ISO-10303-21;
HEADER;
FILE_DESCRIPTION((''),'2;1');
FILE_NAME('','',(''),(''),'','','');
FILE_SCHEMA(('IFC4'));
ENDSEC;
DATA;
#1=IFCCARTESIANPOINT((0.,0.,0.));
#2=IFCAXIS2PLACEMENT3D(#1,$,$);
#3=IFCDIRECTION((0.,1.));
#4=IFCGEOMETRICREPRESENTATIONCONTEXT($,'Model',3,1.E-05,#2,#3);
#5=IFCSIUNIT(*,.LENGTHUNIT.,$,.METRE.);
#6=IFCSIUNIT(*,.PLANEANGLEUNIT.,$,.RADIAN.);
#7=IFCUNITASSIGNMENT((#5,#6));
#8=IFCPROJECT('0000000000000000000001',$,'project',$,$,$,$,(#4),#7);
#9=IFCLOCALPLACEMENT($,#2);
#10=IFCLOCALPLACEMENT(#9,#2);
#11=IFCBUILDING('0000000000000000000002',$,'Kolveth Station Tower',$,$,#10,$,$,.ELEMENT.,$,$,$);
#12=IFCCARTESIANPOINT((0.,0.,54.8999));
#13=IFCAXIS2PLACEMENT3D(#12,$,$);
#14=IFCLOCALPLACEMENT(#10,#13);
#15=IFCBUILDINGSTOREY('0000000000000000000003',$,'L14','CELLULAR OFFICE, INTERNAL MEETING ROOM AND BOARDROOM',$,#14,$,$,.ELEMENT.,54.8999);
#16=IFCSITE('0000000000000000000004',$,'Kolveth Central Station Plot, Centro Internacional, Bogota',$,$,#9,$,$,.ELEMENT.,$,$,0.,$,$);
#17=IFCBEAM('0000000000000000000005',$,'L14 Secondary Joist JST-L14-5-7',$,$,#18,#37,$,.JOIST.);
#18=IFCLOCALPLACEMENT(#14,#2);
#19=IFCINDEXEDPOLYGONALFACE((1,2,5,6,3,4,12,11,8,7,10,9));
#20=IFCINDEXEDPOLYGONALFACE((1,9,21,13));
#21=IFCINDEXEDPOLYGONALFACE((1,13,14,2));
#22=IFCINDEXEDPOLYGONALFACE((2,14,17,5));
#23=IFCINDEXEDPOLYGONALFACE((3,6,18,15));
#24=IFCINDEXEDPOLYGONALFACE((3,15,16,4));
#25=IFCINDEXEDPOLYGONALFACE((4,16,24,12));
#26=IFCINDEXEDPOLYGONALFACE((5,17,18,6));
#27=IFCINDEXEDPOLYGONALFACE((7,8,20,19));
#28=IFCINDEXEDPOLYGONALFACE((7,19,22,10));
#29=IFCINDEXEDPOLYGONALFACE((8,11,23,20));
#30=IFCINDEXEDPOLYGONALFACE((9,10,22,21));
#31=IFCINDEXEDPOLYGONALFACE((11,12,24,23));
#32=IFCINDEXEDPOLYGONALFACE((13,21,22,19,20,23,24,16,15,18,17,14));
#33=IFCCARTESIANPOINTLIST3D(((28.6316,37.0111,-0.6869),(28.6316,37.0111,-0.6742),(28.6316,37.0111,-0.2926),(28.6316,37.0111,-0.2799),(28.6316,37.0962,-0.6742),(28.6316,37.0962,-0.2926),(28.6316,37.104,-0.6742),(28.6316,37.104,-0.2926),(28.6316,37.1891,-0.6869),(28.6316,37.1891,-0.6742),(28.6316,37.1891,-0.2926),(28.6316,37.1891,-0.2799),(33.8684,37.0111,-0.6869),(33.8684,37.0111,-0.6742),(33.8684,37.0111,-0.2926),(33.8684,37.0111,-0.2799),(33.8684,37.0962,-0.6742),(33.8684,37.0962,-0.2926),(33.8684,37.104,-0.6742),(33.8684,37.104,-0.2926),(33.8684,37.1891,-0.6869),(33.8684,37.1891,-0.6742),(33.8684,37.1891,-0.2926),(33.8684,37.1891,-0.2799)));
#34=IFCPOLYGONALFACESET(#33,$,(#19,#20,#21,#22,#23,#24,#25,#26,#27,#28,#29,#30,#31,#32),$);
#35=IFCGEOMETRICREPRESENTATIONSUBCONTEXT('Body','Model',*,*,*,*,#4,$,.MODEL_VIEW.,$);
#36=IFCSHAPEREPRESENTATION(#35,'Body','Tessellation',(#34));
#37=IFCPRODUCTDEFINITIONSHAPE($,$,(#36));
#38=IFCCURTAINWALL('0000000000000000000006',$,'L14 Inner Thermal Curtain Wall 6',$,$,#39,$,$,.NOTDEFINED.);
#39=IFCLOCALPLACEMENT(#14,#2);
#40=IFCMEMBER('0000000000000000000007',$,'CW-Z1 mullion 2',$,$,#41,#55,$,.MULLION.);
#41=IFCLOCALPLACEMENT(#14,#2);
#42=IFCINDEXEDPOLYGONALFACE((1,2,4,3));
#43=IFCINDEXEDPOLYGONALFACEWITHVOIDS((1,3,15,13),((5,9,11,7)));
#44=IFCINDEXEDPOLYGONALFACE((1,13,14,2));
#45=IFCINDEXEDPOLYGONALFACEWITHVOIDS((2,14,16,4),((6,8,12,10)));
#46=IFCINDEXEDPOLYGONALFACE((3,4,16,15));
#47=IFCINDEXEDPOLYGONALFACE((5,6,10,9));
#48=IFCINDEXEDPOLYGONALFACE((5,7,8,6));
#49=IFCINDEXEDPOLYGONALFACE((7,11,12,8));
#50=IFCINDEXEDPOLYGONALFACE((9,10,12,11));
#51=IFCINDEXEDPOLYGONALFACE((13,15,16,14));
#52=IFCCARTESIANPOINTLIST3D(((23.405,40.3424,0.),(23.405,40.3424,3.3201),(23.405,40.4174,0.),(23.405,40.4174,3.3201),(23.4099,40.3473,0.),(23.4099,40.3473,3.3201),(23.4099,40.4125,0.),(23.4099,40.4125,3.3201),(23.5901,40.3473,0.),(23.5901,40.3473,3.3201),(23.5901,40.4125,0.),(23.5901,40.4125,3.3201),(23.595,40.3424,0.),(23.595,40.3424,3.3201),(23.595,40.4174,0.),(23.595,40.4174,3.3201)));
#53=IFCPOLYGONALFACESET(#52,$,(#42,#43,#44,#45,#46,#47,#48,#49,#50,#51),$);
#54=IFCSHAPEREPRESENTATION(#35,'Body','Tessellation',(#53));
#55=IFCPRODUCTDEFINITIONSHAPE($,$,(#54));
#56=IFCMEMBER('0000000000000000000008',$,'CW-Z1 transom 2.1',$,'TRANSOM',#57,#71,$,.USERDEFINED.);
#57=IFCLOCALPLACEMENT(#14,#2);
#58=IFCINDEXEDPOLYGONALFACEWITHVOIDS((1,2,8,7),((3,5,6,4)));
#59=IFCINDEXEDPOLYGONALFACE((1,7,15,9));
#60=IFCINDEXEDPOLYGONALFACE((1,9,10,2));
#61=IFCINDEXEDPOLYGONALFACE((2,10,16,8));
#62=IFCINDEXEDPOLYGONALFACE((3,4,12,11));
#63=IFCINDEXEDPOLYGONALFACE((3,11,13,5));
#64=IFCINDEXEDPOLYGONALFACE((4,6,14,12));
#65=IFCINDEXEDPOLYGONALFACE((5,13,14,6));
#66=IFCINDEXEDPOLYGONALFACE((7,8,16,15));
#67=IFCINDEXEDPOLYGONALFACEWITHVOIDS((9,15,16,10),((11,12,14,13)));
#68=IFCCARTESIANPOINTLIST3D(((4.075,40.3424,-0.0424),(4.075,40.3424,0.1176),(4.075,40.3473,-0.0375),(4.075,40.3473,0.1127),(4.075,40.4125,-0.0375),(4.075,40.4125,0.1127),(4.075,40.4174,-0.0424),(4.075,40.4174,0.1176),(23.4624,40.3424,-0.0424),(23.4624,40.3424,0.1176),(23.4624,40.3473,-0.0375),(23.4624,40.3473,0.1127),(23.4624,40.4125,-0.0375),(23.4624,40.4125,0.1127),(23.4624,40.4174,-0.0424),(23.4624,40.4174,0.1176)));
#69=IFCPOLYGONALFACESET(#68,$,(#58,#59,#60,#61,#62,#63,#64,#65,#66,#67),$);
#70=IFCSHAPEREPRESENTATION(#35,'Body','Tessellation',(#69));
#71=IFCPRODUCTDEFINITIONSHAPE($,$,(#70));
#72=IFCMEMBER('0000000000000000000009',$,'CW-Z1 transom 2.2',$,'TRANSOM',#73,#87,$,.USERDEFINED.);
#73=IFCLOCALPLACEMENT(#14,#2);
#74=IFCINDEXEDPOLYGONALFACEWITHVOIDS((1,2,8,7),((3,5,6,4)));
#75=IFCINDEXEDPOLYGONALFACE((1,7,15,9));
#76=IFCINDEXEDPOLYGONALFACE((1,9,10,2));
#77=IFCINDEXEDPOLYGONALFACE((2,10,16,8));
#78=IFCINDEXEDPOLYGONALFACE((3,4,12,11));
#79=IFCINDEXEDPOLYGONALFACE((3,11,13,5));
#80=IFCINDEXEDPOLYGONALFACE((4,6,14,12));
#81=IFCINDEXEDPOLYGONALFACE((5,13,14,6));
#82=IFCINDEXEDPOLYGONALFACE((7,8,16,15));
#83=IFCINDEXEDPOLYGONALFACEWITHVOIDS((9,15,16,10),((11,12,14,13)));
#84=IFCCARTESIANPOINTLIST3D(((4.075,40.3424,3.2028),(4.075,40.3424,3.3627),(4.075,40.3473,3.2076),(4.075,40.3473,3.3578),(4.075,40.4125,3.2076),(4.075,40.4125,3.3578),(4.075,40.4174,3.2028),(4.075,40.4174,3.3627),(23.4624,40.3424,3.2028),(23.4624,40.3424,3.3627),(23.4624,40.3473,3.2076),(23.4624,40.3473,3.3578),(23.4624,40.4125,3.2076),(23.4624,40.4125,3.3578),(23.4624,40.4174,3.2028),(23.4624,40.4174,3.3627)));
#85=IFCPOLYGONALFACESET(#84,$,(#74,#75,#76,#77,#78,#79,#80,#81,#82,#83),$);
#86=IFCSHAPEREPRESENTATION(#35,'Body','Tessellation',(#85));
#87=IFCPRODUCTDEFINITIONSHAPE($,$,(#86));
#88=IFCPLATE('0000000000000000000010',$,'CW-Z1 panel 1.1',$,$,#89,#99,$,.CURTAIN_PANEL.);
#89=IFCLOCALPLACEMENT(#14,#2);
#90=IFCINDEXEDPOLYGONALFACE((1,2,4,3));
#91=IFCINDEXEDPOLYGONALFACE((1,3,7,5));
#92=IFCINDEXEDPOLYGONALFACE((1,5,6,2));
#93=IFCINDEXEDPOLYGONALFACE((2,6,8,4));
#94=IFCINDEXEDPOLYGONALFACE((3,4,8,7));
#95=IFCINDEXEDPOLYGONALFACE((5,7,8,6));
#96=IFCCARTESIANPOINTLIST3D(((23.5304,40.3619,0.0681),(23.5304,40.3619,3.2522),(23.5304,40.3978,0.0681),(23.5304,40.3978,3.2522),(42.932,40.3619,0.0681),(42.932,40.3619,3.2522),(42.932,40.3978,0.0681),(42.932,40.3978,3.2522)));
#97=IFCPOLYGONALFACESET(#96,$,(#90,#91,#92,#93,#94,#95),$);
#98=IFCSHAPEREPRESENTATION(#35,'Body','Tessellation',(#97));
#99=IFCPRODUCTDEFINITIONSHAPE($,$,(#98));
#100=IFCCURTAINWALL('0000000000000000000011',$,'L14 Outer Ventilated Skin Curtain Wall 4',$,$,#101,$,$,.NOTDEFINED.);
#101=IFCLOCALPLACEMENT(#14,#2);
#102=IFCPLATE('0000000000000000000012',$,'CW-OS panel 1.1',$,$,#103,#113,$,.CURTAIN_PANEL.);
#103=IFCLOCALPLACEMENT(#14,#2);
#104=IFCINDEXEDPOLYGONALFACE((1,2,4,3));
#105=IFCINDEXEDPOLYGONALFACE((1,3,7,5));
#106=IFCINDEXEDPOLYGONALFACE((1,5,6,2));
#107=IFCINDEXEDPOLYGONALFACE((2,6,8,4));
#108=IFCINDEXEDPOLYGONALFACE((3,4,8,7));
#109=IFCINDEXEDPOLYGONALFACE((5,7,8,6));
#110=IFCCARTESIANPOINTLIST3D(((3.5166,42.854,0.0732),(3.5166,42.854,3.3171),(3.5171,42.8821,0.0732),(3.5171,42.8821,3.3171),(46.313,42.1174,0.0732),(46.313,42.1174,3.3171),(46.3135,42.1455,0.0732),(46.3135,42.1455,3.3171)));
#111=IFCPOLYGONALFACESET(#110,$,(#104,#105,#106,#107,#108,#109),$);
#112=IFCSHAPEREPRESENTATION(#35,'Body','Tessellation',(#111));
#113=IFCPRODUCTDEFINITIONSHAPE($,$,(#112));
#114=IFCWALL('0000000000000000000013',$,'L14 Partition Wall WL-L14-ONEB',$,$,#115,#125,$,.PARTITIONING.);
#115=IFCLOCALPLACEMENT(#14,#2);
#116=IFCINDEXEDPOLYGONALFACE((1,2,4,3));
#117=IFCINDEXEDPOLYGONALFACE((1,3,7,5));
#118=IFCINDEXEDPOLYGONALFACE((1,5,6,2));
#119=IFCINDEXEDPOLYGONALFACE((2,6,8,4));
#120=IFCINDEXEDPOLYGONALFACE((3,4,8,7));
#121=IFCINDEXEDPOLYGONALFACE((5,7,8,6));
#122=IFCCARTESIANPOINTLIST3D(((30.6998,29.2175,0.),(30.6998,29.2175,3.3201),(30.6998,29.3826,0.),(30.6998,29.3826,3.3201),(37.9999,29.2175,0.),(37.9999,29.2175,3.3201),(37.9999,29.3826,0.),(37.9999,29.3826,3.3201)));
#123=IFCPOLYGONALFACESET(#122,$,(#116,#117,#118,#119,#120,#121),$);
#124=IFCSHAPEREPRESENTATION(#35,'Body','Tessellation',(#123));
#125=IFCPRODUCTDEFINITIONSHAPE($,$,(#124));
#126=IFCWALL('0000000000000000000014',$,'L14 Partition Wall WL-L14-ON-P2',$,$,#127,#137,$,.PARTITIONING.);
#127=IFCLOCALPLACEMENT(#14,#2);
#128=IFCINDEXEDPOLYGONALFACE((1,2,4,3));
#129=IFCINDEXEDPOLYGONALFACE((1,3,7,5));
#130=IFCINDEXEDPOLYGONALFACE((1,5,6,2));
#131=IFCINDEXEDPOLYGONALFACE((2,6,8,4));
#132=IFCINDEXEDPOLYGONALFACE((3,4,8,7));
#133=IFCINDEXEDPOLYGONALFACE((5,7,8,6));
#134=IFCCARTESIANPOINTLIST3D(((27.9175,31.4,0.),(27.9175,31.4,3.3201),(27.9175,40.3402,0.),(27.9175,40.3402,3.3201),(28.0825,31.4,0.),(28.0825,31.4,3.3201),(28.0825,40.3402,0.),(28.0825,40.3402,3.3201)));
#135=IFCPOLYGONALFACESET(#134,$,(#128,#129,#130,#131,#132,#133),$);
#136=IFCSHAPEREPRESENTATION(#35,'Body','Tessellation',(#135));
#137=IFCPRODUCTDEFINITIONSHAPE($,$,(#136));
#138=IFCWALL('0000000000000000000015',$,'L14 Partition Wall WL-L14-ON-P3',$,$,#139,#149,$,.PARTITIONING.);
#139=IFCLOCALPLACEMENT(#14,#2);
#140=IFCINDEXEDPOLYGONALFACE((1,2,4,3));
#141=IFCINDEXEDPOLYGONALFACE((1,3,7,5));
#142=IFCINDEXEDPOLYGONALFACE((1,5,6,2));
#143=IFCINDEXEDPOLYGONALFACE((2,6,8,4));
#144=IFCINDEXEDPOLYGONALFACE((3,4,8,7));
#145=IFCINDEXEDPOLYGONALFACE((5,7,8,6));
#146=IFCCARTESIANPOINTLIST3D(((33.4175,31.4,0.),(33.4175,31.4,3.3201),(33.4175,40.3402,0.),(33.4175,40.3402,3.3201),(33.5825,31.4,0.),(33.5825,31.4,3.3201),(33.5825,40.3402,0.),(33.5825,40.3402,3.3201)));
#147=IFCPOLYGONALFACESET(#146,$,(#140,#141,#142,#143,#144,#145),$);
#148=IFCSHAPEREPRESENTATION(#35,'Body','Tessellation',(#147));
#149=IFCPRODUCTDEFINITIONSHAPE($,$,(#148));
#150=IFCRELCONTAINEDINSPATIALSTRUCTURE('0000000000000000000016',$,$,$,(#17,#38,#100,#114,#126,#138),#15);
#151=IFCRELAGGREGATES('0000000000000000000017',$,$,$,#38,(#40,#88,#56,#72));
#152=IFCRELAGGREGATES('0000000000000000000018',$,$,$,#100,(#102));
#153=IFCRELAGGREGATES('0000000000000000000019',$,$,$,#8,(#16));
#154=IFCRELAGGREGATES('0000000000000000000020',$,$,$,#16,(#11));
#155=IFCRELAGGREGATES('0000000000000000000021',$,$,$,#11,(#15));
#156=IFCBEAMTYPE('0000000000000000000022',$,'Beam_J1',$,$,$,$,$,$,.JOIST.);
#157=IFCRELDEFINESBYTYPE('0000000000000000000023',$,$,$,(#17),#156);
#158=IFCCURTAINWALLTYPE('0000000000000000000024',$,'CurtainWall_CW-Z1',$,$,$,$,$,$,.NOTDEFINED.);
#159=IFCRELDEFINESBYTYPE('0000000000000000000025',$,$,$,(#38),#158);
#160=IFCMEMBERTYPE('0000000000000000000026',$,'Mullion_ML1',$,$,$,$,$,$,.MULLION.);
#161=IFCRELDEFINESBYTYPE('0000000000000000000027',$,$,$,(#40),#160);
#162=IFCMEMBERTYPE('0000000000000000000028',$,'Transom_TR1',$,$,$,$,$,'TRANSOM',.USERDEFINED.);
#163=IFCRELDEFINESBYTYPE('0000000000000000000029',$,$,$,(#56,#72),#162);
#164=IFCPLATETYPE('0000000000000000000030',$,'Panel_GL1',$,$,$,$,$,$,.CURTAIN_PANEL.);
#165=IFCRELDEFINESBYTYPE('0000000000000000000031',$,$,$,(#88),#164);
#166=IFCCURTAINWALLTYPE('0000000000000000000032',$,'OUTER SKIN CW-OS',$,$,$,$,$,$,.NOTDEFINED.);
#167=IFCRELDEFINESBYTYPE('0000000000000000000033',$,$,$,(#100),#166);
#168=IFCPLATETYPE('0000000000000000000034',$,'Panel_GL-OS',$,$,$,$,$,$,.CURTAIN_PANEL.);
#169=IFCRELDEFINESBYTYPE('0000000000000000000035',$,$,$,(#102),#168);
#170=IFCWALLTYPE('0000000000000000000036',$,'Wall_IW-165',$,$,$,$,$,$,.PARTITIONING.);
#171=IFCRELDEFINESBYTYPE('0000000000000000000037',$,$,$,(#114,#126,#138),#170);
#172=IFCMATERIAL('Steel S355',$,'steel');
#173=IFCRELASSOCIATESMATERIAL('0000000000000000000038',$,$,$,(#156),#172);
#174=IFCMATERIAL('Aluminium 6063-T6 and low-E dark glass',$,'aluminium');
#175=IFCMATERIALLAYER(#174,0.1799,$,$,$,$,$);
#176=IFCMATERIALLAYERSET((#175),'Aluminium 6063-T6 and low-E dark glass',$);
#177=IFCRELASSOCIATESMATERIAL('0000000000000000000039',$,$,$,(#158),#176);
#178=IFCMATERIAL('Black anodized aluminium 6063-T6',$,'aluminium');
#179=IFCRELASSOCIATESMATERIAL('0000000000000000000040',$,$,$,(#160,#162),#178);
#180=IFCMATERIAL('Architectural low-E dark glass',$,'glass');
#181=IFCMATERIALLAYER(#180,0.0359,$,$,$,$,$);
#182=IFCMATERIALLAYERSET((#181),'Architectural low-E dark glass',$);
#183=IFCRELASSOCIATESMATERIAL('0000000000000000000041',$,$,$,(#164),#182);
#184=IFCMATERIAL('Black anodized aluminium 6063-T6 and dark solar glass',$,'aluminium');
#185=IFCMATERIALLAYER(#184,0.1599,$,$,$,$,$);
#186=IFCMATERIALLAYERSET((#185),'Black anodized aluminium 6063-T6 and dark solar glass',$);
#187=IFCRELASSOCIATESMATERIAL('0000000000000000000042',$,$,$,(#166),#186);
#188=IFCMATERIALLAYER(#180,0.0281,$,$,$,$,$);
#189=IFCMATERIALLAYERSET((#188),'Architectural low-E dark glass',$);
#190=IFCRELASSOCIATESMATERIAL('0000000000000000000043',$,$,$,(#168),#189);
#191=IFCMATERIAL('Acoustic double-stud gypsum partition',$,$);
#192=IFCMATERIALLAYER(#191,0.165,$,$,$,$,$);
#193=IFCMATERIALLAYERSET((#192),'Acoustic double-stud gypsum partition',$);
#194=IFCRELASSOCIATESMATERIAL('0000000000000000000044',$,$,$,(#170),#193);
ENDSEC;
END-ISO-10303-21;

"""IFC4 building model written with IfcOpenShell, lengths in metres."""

from ifc_helpers import new_model, si_unit, direction, frame, frame_2d, origin, origin_2d, place, context, subcontext, project, spatial, rectangle, hollow_rectangle, i_section, extrude, source, transform, mapped, material, layer, layer_set, material_profile, profile_set, type_object, element, aggregate, save


model = new_model("IFC4")

# Units and contexts
model_context = context("Model", 3, precision=1e-05, world=origin(), true_north=direction((0.0, 1.0)))
body_context = subcontext(model_context, "Body", "Model", "MODEL_VIEW")
ifc_project = project(units=[si_unit("LENGTHUNIT", "METRE"), si_unit("PLANEANGLEUNIT", "RADIAN")], contexts=[model_context])

# Site, building, storey
site_placement = place(None, origin())
site = spatial("IfcSite", under=ifc_project, at=site_placement, Name="Kolveth Central Station Plot, Centro Internacional, Bogota", CompositionType="ELEMENT", RefElevation=0.0)
building_placement = place(site_placement, origin())
building = spatial("IfcBuilding", under=site, at=building_placement, Name="Kolveth Station Tower", CompositionType="ELEMENT")
storey_placement = place(building_placement, frame((0.0, 0.0, 54.8999)))
storey = spatial("IfcBuildingStorey", under=building, at=storey_placement, Name="L14", Description="CELLULAR OFFICE, INTERNAL MEETING ROOM AND BOARDROOM", CompositionType="ELEMENT", Elevation=54.8999)

# Shared definitions
ifc_material_1 = material(Name="Steel S355", Category="steel")

# Beam
ifc_material_profile_1 = material_profile(ifc_material_1, i_section(OverallWidth=0.178, OverallDepth=0.407, WebThickness=0.0078, FlangeThickness=0.0127, at=origin_2d()), Name="W410x60")
ifc_profile_set_1 = profile_set([ifc_material_profile_1], Name="Steel S355")
beam_type_1 = type_object("IfcBeamType", Name="Beam_J1", PredefinedType="JOIST", material=ifc_profile_set_1)
shared_shape_1 = source(origin(), body_context, "Body", "SweptSolid", [
    extrude(i_section(OverallWidth=0.178, OverallDepth=0.407, WebThickness=0.0078, FlangeThickness=0.0127, at=origin_2d()), origin(), (0.0, 0.0, 1.0), 5.2368),
])
for number, where, z_axis, x_axis, name in (
    (1, (28.6316, 37.1001, -0.4834), (1.0, 0.0, 0.0), (0.0, 1.0, 0.0), "L14 Secondary Joist JST-L14-5-7"),
):
    element("IfcBeam", number, at=place(storey_placement, frame(where, z_axis=z_axis, x_axis=x_axis)), inside=storey, type_object=beam_type_1, Name=name, PredefinedType="JOIST", context=body_context, shape_type="MappedRepresentation", body=[
        mapped(shared_shape_1, transform((0.0, 0.0, 0.0), x_axis=(1.0, 0.0, 0.0), y_axis=(0.0, 1.0, 0.0), z_axis=(0.0, 0.0, 1.0), scale=1.0)),
    ])

# Curtain wall, members, plate
ifc_material_2 = material(Name="Aluminium 6063-T6 and low-E dark glass", Category="aluminium")
ifc_layer_1 = layer(ifc_material_2, 0.1799)
ifc_layer_set_1 = layer_set([ifc_layer_1], Name="Aluminium 6063-T6 and low-E dark glass")
curtain_wall_type_1 = type_object("IfcCurtainWallType", Name="CurtainWall_CW-Z1", PredefinedType="NOTDEFINED", material=ifc_layer_set_1)
curtain_wall_1_placement = place(storey_placement, origin())
curtain_wall_1 = element("IfcCurtainWall", 2, at=curtain_wall_1_placement, inside=storey, type_object=curtain_wall_type_1, Name="L14 Inner Thermal Curtain Wall 6", PredefinedType="NOTDEFINED")
ifc_material_3 = material(Name="Black anodized aluminium 6063-T6", Category="aluminium")
ifc_material_profile_2 = material_profile(ifc_material_3, hollow_rectangle(XDim=0.075, YDim=0.1899, WallThickness=0.0049, at=origin_2d()), Name="ALU-75x190x5")
ifc_profile_set_2 = profile_set([ifc_material_profile_2], Name="Black anodized aluminium 6063-T6")
member_type_1 = type_object("IfcMemberType", Name="Mullion_ML1", PredefinedType="MULLION", material=ifc_profile_set_2)
shared_shape_2 = source(origin(), body_context, "Body", "SweptSolid", [
    extrude(hollow_rectangle(XDim=0.075, YDim=0.1899, WallThickness=0.0049, at=origin_2d()), origin(), (0.0, 0.0, 1.0), 3.3201),
])
member_1_placement = place(storey_placement, frame((23.5, 40.3799, 0.0), z_axis=(0.0, 0.0, 1.0), x_axis=(0.0, -1.0, 0.0)))
member_1 = element("IfcMember", 3, at=member_1_placement, type_object=member_type_1, Name="CW-Z1 mullion 2", PredefinedType="MULLION", context=body_context, shape_type="MappedRepresentation", body=[
    mapped(shared_shape_2, transform((0.0, 0.0, 0.0), x_axis=(1.0, 0.0, 0.0), y_axis=(0.0, 1.0, 0.0), z_axis=(0.0, 0.0, 1.0), scale=1.0)),
])
ifc_material_profile_3 = material_profile(ifc_material_3, hollow_rectangle(XDim=0.075, YDim=0.1599, WallThickness=0.0049, at=origin_2d()), Name="ALU-75x160x5")
ifc_profile_set_3 = profile_set([ifc_material_profile_3], Name="Black anodized aluminium 6063-T6")
member_type_2 = type_object("IfcMemberType", Name="Transom_TR1", ElementType="TRANSOM", PredefinedType="USERDEFINED", material=ifc_profile_set_3)
shared_shape_3 = source(origin(), body_context, "Body", "SweptSolid", [
    extrude(hollow_rectangle(XDim=0.075, YDim=0.1599, WallThickness=0.0049, at=origin_2d()), origin(), (0.0, 0.0, 1.0), 19.3875),
])
member_2_placement = place(storey_placement, frame((23.4624, 40.3799, 0.0376), z_axis=(-1.0, 0.0, 0.0), x_axis=(0.0, -1.0, 0.0)))
member_2 = element("IfcMember", 4, at=member_2_placement, type_object=member_type_2, Name="CW-Z1 transom 2.1", ObjectType="TRANSOM", PredefinedType="USERDEFINED", context=body_context, shape_type="MappedRepresentation", body=[
    mapped(shared_shape_3, transform((0.0, 0.0, 0.0), x_axis=(1.0, 0.0, 0.0), y_axis=(0.0, 1.0, 0.0), z_axis=(0.0, 0.0, 1.0), scale=1.0)),
])
member_3_placement = place(storey_placement, frame((23.4624, 40.3799, 3.2827), z_axis=(-1.0, 0.0, 0.0), x_axis=(0.0, -1.0, 0.0)))
member_3 = element("IfcMember", 5, at=member_3_placement, type_object=member_type_2, Name="CW-Z1 transom 2.2", ObjectType="TRANSOM", PredefinedType="USERDEFINED", context=body_context, shape_type="MappedRepresentation", body=[
    mapped(shared_shape_3, transform((0.0, 0.0, 0.0), x_axis=(1.0, 0.0, 0.0), y_axis=(0.0, 1.0, 0.0), z_axis=(0.0, 0.0, 1.0), scale=1.0)),
])
ifc_material_4 = material(Name="Architectural low-E dark glass", Category="glass")
ifc_layer_2 = layer(ifc_material_4, 0.0359)
ifc_layer_set_2 = layer_set([ifc_layer_2], Name="Architectural low-E dark glass")
plate_type_1 = type_object("IfcPlateType", Name="Panel_GL1", PredefinedType="CURTAIN_PANEL", material=ifc_layer_set_2)
shared_shape_4 = source(origin(), body_context, "Body", "SweptSolid", [
    extrude(rectangle(XDim=19.4016, YDim=0.0359, at=origin_2d()), origin(), (0.0, 0.0, 1.0), 3.1841),
])
plate_1_placement = place(storey_placement, frame((33.2312, 40.3799, 0.0681), z_axis=(0.0, 0.0, 1.0), x_axis=(-1.0, 0.0, 0.0)))
plate_1 = element("IfcPlate", 6, at=plate_1_placement, type_object=plate_type_1, Name="CW-Z1 panel 1.1", PredefinedType="CURTAIN_PANEL", context=body_context, shape_type="MappedRepresentation", body=[
    mapped(shared_shape_4, transform((0.0, 0.0, 0.0), x_axis=(1.0, 0.0, 0.0), y_axis=(0.0, 1.0, 0.0), z_axis=(0.0, 0.0, 1.0), scale=1.0)),
])
aggregate(curtain_wall_1, [member_1, plate_1, member_2, member_3])

# Curtain wall, plate
ifc_material_5 = material(Name="Black anodized aluminium 6063-T6 and dark solar glass", Category="aluminium")
ifc_layer_3 = layer(ifc_material_5, 0.1599)
ifc_layer_set_3 = layer_set([ifc_layer_3], Name="Black anodized aluminium 6063-T6 and dark solar glass")
curtain_wall_type_2 = type_object("IfcCurtainWallType", Name="OUTER SKIN CW-OS", PredefinedType="NOTDEFINED", material=ifc_layer_set_3)
curtain_wall_2_placement = place(storey_placement, origin())
curtain_wall_2 = element("IfcCurtainWall", 7, at=curtain_wall_2_placement, inside=storey, type_object=curtain_wall_type_2, Name="L14 Outer Ventilated Skin Curtain Wall 4", PredefinedType="NOTDEFINED")
ifc_layer_4 = layer(ifc_material_4, 0.0281)
ifc_layer_set_4 = layer_set([ifc_layer_4], Name="Architectural low-E dark glass")
plate_type_2 = type_object("IfcPlateType", Name="Panel_GL-OS", PredefinedType="CURTAIN_PANEL", material=ifc_layer_set_4)
shared_shape_5 = source(origin(), body_context, "Body", "SweptSolid", [
    extrude(rectangle(XDim=42.8027, YDim=0.0281, at=origin_2d()), origin(), (0.0, 0.0, 1.0), 3.2439),
])
plate_2_placement = place(storey_placement, frame((24.915, 42.4998, 0.0732), z_axis=(0.0, 0.0, 1.0), x_axis=(-0.999852, 0.01721, 0.0)))
plate_2 = element("IfcPlate", 8, at=plate_2_placement, type_object=plate_type_2, Name="CW-OS panel 1.1", PredefinedType="CURTAIN_PANEL", context=body_context, shape_type="MappedRepresentation", body=[
    mapped(shared_shape_5, transform((0.0, 0.0, 0.0), x_axis=(1.0, 0.0, 0.0), y_axis=(0.0, 1.0, 0.0), z_axis=(0.0, 0.0, 1.0), scale=1.0)),
])
aggregate(curtain_wall_2, [plate_2])

# Walls
ifc_material_6 = material(Name="Acoustic double-stud gypsum partition")
ifc_layer_5 = layer(ifc_material_6, 0.165)
ifc_layer_set_5 = layer_set([ifc_layer_5], Name="Acoustic double-stud gypsum partition")
wall_type = type_object("IfcWallType", Name="Wall_IW-165", PredefinedType="PARTITIONING", material=ifc_layer_set_5)
wall_placement = place(storey_placement, frame((30.7, 29.3, 0.0), z_axis=(0.0, 0.0, 1.0), x_axis=(1.0, 0.0, 0.0)))
element("IfcWall", 9, at=wall_placement, inside=storey, type_object=wall_type, Name="L14 Partition Wall WL-L14-ONEB", PredefinedType="PARTITIONING", context=body_context, shape_type="SweptSolid", body=[
    extrude(rectangle(XDim=7.3, YDim=0.165, at=frame_2d((3.6499, 0.0))), origin(), (0.0, 0.0, 1.0), 3.3201),
])
for number, where, z_axis, x_axis, name in (
    (10, (28.0, 31.3999, 0.0), (0.0, 0.0, 1.0), (0.0, 1.0, 0.0), "L14 Partition Wall WL-L14-ON-P2"),
    (11, (33.5, 31.3999, 0.0), (0.0, 0.0, 1.0), (0.0, 1.0, 0.0), "L14 Partition Wall WL-L14-ON-P3"),
):
    element("IfcWall", number, at=place(storey_placement, frame(where, z_axis=z_axis, x_axis=x_axis)), inside=storey, type_object=wall_type, Name=name, PredefinedType="PARTITIONING", context=body_context, shape_type="SweptSolid", body=[
        extrude(rectangle(XDim=8.9402, YDim=0.165, at=frame_2d((4.4702, 0.0))), origin(), (0.0, 0.0, 1.0), 3.3201),
    ])

save(model, "model.ifc")
